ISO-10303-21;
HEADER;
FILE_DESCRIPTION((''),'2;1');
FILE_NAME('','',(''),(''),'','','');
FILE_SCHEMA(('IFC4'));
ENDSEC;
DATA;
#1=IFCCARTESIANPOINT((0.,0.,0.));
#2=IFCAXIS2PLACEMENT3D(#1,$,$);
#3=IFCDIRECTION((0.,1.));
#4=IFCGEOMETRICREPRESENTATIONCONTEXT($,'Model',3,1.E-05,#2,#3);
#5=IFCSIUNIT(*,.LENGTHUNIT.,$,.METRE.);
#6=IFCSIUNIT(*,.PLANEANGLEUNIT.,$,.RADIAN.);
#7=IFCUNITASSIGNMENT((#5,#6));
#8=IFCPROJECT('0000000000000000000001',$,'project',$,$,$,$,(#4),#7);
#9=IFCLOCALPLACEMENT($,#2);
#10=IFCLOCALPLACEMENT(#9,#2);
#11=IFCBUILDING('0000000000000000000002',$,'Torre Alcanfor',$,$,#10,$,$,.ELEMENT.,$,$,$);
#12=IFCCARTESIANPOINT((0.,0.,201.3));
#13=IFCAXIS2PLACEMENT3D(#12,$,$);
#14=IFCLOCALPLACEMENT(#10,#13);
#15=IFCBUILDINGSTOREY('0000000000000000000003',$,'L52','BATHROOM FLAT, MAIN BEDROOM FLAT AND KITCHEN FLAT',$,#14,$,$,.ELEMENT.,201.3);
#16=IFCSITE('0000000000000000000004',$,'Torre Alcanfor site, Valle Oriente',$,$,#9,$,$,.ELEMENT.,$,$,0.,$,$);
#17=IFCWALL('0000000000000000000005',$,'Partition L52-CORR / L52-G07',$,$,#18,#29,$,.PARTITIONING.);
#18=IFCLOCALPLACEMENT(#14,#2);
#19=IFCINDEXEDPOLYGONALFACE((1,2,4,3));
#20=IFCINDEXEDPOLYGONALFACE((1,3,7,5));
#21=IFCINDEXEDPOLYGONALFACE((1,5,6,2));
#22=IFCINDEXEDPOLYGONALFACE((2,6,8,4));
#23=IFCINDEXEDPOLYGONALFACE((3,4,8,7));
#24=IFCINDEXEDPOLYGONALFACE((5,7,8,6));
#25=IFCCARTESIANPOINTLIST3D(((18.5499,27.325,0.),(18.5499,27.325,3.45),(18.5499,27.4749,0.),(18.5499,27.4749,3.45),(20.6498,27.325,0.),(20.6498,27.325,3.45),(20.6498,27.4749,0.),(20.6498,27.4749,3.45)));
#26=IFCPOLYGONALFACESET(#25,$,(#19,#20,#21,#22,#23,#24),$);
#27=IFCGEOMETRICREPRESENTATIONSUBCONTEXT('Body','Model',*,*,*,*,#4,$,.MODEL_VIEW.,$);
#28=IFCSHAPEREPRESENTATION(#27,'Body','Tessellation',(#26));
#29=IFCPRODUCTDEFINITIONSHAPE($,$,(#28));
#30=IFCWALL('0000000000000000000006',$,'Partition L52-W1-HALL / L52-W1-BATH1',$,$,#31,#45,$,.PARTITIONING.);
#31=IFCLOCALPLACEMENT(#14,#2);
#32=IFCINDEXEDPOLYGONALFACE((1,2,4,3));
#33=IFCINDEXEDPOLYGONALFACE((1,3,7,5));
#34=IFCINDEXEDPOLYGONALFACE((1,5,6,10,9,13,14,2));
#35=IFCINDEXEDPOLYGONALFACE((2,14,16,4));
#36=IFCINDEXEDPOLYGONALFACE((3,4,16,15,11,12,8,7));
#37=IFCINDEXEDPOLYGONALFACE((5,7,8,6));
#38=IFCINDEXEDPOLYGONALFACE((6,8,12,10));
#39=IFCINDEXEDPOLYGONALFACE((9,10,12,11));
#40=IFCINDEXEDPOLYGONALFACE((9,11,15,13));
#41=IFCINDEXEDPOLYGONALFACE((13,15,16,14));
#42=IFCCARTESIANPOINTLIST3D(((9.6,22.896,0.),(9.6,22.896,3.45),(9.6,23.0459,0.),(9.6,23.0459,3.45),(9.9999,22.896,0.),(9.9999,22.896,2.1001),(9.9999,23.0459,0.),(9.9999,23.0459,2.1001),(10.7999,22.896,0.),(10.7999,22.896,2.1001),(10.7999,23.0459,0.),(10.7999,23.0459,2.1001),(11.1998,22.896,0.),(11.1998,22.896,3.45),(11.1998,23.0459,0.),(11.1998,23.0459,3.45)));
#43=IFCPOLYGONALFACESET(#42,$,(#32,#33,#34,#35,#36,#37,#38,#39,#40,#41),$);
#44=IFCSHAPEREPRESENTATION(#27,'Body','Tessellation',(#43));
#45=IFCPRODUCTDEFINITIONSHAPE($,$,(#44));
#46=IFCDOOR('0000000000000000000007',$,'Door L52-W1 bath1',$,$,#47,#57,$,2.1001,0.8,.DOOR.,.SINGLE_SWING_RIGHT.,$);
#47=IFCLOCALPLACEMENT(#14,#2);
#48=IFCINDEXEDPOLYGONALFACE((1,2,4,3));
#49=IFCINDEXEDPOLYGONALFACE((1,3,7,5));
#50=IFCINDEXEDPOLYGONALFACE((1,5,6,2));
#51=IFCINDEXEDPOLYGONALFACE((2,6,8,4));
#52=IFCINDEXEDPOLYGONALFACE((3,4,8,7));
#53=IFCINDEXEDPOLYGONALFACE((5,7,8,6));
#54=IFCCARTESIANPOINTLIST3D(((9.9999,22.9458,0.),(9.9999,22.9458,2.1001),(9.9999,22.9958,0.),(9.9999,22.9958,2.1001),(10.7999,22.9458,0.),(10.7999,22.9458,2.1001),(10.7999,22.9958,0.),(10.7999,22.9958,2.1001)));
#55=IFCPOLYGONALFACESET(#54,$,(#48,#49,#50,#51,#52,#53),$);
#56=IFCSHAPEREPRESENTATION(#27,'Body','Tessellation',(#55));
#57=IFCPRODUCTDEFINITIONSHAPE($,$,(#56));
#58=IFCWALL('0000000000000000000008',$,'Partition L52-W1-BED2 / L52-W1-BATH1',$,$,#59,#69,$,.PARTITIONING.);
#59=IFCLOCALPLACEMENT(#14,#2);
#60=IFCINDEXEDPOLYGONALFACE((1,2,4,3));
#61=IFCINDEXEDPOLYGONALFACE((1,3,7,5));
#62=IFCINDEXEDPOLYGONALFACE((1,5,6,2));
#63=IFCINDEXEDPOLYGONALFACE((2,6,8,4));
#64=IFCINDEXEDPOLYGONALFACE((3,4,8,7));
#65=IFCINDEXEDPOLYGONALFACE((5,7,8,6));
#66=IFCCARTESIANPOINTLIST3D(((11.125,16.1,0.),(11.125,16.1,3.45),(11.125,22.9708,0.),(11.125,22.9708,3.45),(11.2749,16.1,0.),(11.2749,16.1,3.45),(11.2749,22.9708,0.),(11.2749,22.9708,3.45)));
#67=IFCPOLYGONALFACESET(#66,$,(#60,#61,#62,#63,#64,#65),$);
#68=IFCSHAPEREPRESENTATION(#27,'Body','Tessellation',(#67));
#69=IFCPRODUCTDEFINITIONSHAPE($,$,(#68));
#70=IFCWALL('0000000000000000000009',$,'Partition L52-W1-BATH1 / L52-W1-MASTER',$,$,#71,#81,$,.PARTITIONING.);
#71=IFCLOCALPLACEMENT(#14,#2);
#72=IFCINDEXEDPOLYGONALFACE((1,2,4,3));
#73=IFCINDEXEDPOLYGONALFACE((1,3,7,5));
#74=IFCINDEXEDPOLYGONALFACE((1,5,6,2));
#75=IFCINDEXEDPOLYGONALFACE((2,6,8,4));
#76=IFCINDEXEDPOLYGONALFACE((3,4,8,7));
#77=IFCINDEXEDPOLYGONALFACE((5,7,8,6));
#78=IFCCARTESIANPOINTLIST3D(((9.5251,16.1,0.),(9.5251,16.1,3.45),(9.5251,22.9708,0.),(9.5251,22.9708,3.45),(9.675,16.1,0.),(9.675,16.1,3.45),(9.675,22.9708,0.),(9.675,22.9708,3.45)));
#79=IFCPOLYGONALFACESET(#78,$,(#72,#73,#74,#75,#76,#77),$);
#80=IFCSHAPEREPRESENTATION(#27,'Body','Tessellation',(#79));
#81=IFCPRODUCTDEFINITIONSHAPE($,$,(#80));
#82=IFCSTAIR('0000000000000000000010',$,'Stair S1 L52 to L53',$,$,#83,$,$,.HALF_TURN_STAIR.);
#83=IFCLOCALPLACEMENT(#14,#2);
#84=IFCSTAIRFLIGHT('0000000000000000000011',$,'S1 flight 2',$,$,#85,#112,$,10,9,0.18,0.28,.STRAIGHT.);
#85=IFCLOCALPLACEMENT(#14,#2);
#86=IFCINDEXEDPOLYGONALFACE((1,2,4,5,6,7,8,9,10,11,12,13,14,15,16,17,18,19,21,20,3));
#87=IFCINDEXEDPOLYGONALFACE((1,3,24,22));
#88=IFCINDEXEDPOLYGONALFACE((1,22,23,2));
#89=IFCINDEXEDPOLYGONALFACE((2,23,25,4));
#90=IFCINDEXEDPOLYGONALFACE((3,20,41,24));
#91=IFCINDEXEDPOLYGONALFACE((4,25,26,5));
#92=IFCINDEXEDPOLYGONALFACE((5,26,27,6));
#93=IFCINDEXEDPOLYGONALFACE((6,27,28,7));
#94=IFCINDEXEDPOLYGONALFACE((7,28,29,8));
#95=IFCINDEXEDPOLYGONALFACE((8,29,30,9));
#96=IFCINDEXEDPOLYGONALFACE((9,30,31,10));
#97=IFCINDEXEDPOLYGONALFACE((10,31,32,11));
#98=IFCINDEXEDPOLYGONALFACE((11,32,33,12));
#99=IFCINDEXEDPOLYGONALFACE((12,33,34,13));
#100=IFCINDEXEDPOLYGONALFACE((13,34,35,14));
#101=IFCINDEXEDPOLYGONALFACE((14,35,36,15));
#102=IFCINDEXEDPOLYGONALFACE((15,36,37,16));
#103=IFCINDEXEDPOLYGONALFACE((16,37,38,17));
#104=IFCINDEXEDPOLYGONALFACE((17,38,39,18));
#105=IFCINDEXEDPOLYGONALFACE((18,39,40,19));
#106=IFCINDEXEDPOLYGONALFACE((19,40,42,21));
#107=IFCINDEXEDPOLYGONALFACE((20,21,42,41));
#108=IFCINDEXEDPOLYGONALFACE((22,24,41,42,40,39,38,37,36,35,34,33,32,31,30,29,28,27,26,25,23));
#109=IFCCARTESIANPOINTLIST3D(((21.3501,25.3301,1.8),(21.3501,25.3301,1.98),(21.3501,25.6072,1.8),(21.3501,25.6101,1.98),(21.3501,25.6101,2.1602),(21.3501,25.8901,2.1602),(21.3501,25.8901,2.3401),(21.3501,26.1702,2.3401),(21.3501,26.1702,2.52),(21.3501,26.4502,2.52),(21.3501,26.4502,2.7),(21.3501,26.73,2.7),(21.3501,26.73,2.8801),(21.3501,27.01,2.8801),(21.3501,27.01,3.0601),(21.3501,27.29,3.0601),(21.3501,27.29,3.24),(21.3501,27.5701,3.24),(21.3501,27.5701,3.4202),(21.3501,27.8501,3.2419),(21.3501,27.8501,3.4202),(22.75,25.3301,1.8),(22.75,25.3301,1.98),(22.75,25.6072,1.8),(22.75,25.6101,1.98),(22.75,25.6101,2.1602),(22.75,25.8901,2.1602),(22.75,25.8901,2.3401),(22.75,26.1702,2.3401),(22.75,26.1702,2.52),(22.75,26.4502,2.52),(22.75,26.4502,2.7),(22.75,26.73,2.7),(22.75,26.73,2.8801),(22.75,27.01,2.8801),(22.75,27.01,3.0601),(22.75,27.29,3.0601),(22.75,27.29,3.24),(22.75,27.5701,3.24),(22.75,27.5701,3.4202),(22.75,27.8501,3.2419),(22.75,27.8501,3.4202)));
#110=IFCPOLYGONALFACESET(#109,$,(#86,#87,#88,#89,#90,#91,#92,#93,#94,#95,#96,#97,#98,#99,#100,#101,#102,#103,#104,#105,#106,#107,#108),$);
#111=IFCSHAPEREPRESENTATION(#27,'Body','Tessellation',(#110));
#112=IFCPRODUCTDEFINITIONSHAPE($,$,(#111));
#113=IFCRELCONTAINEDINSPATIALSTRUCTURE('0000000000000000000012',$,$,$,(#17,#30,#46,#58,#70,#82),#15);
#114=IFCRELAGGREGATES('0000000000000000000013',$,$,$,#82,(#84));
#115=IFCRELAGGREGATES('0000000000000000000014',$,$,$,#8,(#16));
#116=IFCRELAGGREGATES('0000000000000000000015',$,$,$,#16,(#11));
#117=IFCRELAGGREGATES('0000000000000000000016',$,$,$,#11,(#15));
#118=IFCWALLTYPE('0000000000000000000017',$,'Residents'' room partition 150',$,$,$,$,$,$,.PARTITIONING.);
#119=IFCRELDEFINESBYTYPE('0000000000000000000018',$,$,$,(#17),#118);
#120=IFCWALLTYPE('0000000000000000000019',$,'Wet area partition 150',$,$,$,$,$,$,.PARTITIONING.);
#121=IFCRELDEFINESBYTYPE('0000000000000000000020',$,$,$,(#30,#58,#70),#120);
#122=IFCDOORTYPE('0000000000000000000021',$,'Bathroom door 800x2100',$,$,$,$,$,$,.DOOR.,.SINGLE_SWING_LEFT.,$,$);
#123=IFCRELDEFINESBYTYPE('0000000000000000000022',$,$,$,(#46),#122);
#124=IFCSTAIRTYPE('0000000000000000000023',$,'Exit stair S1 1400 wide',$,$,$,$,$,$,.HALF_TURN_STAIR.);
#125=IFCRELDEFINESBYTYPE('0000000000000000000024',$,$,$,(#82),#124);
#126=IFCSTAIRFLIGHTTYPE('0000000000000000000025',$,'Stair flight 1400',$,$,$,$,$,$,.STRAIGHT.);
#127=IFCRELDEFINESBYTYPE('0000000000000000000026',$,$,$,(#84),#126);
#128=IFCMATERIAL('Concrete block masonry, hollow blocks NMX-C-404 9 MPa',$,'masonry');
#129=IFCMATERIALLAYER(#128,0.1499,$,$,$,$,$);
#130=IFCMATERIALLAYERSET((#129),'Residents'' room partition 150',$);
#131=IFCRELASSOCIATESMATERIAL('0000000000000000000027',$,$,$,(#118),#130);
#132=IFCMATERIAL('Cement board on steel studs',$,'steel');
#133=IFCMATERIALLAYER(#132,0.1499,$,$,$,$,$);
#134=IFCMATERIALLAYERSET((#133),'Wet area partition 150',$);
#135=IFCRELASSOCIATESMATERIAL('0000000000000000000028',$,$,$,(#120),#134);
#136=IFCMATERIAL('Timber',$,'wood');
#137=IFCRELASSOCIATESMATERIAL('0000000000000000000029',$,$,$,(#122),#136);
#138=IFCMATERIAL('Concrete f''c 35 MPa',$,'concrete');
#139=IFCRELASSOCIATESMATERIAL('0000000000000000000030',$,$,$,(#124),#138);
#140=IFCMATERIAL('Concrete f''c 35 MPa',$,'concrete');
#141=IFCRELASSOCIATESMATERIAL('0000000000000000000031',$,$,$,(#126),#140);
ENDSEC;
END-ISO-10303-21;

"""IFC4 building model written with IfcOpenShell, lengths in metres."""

from ifc_helpers import new_model, si_unit, direction, frame, frame_2d, origin, place, context, subcontext, project, spatial, polyline, rectangle, outline, extrude, material, layer, layer_set, type_object, element, fill, aggregate, save


model = new_model("IFC4")

# Units and contexts
model_context = context("Model", 3, precision=1e-05, world=origin(), true_north=direction((0.0, 1.0)))
body_context = subcontext(model_context, "Body", "Model", "MODEL_VIEW")
ifc_project = project(units=[si_unit("LENGTHUNIT", "METRE"), si_unit("PLANEANGLEUNIT", "RADIAN")], contexts=[model_context])

# Site, building, storey
site_placement = place(None, origin())
site = spatial("IfcSite", under=ifc_project, at=site_placement, Name="Torre Alcanfor site, Valle Oriente", CompositionType="ELEMENT", RefElevation=0.0)
building_placement = place(site_placement, origin())
building = spatial("IfcBuilding", under=site, at=building_placement, Name="Torre Alcanfor", CompositionType="ELEMENT")
storey_placement = place(building_placement, frame((0.0, 0.0, 201.3)))
storey = spatial("IfcBuildingStorey", under=building, at=storey_placement, Name="L52", Description="BATHROOM FLAT, MAIN BEDROOM FLAT AND KITCHEN FLAT", CompositionType="ELEMENT", Elevation=201.3)

# Shared definitions
ifc_material_1 = material(Name="Concrete block masonry, hollow blocks NMX-C-404 9 MPa", Category="masonry")
ifc_layer_1 = layer(ifc_material_1, 0.1499)
ifc_layer_set_1 = layer_set([ifc_layer_1], Name="Residents' room partition 150")
wall_type_1 = type_object("IfcWallType", Name="Residents' room partition 150", PredefinedType="PARTITIONING", material=ifc_layer_set_1)

# Wall
wall_1_placement = place(storey_placement, frame((18.55, 27.3999, 0.0), z_axis=(0.0, 0.0, 1.0), x_axis=(1.0, 0.0, 0.0)))
element("IfcWall", 1, at=wall_1_placement, inside=storey, type_object=wall_type_1, Name="Partition L52-CORR / L52-G07", PredefinedType="PARTITIONING", context=body_context, shape_type="SweptSolid", body=[
    extrude(rectangle(XDim=2.0999, YDim=0.1499, at=frame_2d((1.0498, 0.0))), origin(), (0.0, 0.0, 1.0), 3.45),
])

# Wall, opening, door
ifc_material_2 = material(Name="Cement board on steel studs", Category="steel")
ifc_layer_2 = layer(ifc_material_2, 0.1499)
ifc_layer_set_2 = layer_set([ifc_layer_2], Name="Wet area partition 150")
wall_type_2 = type_object("IfcWallType", Name="Wet area partition 150", PredefinedType="PARTITIONING", material=ifc_layer_set_2)
wall_2_placement = place(storey_placement, frame((9.6001, 22.9709, 0.0), z_axis=(0.0, 0.0, 1.0), x_axis=(1.0, 0.0, 0.0)))
wall_2 = element("IfcWall", 2, at=wall_2_placement, inside=storey, type_object=wall_type_2, Name="Partition L52-W1-HALL / L52-W1-BATH1", PredefinedType="PARTITIONING", context=body_context, shape_type="SweptSolid", body=[
    extrude(rectangle(XDim=1.5999, YDim=0.1499, at=frame_2d((0.7998, 0.0))), origin(), (0.0, 0.0, 1.0), 3.45),
])
opening_1_placement = place(wall_2_placement, frame((0.3999, 0.0, 0.0)))
opening_1 = element("IfcOpeningElement", 3, at=opening_1_placement, cuts=wall_2, PredefinedType="OPENING", context=body_context, shape_type="SweptSolid", body=[
    extrude(rectangle(XDim=0.8, YDim=2.1001, at=frame_2d((0.3999, 1.05))), frame((0.0, 0.085, 0.0), z_axis=(0.0, -1.0, 0.0), x_axis=(1.0, 0.0, 0.0)), (0.0, 0.0, 1.0), 0.1699),
])
ifc_material_3 = material(Name="Timber", Category="wood")
door_type_1 = type_object("IfcDoorType", Name="Bathroom door 800x2100", OperationType="SINGLE_SWING_LEFT", PredefinedType="DOOR", material=ifc_material_3)
door_1_placement = place(opening_1_placement, frame((0.8, 0.0, 0.0), z_axis=(0.0, 0.0, 1.0), x_axis=(-1.0, 0.0, 0.0)))
door_1 = element("IfcDoor", 4, at=door_1_placement, inside=storey, type_object=door_type_1, Name="Door L52-W1 bath1", OperationType="SINGLE_SWING_RIGHT", OverallHeight=2.1001, OverallWidth=0.8, PredefinedType="DOOR", context=body_context, shape_type="SweptSolid", body=[
    extrude(rectangle(XDim=0.8, YDim=2.1001, at=frame_2d((0.4001, 1.05))), frame((0.0, 0.0251, 0.0), z_axis=(0.0, -1.0, 0.0), x_axis=(1.0, 0.0, 0.0)), (0.0, 0.0, 1.0), 0.05),
])
fill(opening_1, door_1)

# Walls
for number, where, z_axis, x_axis, name in (
    (5, (11.2, 22.9709, 0.0), (0.0, 0.0, 1.0), (0.0, -1.0, 0.0), "Partition L52-W1-BED2 / L52-W1-BATH1"),
    (6, (9.6001, 22.9709, 0.0), (0.0, 0.0, 1.0), (0.0, -1.0, 0.0), "Partition L52-W1-BATH1 / L52-W1-MASTER"),
):
    element("IfcWall", number, at=place(storey_placement, frame(where, z_axis=z_axis, x_axis=x_axis)), inside=storey, type_object=wall_type_2, Name=name, PredefinedType="PARTITIONING", context=body_context, shape_type="SweptSolid", body=[
        extrude(rectangle(XDim=6.8708, YDim=0.1499, at=frame_2d((3.4355, 0.0))), origin(), (0.0, 0.0, 1.0), 3.45),
    ])

# Stair, stair flight
ifc_material_4 = material(Name="Concrete f'c 35 MPa", Category="concrete")
stair_type = type_object("IfcStairType", Name="Exit stair S1 1400 wide", PredefinedType="HALF_TURN_STAIR", material=ifc_material_4)
stair_placement = place(storey_placement, origin())
stair = element("IfcStair", 7, at=stair_placement, inside=storey, type_object=stair_type, Name="Stair S1 L52 to L53", PredefinedType="HALF_TURN_STAIR")
ifc_material_5 = material(Name="Concrete f'c 35 MPa", Category="concrete")
stair_flight_type = type_object("IfcStairFlightType", Name="Stair flight 1400", PredefinedType="STRAIGHT", material=ifc_material_5)
stair_flight_placement = place(storey_placement, frame((22.05, 25.3301, 1.8), z_axis=(0.0, 0.0, 1.0), x_axis=(0.0, 1.0, 0.0)))
stair_flight = element("IfcStairFlight", 8, at=stair_flight_placement, type_object=stair_flight_type, Name="S1 flight 2", NumberOfRisers=10, NumberOfTreads=9, PredefinedType="STRAIGHT", RiserHeight=0.18, TreadLength=0.28, context=body_context, shape_type="SweptSolid", body=[
    extrude(outline(polyline([(0.0, 0.0), (0.0, 0.1799), (0.28, 0.1799), (0.28, 0.3601), (0.5601, 0.3601), (0.5601, 0.54), (0.8401, 0.54), (0.8401, 0.72), (1.1201, 0.72), (1.1201, 0.8999), (1.3999, 0.8999), (1.3999, 1.0801), (1.6799, 1.0801), (1.6799, 1.26), (1.96, 1.26), (1.96, 1.4399), (2.24, 1.4399), (2.24, 1.6201), (2.52, 1.6201), (2.52, 1.8), (2.52, 1.4419), (0.2771, 0.0), (0.0, 0.0)])), frame((0.0, 0.7, 0.0), z_axis=(0.0, -1.0, 0.0), x_axis=(1.0, 0.0, 0.0)), (0.0, 0.0, 1.0), 1.3999),
])
aggregate(stair, [stair_flight])

save(model, "model.ifc")
